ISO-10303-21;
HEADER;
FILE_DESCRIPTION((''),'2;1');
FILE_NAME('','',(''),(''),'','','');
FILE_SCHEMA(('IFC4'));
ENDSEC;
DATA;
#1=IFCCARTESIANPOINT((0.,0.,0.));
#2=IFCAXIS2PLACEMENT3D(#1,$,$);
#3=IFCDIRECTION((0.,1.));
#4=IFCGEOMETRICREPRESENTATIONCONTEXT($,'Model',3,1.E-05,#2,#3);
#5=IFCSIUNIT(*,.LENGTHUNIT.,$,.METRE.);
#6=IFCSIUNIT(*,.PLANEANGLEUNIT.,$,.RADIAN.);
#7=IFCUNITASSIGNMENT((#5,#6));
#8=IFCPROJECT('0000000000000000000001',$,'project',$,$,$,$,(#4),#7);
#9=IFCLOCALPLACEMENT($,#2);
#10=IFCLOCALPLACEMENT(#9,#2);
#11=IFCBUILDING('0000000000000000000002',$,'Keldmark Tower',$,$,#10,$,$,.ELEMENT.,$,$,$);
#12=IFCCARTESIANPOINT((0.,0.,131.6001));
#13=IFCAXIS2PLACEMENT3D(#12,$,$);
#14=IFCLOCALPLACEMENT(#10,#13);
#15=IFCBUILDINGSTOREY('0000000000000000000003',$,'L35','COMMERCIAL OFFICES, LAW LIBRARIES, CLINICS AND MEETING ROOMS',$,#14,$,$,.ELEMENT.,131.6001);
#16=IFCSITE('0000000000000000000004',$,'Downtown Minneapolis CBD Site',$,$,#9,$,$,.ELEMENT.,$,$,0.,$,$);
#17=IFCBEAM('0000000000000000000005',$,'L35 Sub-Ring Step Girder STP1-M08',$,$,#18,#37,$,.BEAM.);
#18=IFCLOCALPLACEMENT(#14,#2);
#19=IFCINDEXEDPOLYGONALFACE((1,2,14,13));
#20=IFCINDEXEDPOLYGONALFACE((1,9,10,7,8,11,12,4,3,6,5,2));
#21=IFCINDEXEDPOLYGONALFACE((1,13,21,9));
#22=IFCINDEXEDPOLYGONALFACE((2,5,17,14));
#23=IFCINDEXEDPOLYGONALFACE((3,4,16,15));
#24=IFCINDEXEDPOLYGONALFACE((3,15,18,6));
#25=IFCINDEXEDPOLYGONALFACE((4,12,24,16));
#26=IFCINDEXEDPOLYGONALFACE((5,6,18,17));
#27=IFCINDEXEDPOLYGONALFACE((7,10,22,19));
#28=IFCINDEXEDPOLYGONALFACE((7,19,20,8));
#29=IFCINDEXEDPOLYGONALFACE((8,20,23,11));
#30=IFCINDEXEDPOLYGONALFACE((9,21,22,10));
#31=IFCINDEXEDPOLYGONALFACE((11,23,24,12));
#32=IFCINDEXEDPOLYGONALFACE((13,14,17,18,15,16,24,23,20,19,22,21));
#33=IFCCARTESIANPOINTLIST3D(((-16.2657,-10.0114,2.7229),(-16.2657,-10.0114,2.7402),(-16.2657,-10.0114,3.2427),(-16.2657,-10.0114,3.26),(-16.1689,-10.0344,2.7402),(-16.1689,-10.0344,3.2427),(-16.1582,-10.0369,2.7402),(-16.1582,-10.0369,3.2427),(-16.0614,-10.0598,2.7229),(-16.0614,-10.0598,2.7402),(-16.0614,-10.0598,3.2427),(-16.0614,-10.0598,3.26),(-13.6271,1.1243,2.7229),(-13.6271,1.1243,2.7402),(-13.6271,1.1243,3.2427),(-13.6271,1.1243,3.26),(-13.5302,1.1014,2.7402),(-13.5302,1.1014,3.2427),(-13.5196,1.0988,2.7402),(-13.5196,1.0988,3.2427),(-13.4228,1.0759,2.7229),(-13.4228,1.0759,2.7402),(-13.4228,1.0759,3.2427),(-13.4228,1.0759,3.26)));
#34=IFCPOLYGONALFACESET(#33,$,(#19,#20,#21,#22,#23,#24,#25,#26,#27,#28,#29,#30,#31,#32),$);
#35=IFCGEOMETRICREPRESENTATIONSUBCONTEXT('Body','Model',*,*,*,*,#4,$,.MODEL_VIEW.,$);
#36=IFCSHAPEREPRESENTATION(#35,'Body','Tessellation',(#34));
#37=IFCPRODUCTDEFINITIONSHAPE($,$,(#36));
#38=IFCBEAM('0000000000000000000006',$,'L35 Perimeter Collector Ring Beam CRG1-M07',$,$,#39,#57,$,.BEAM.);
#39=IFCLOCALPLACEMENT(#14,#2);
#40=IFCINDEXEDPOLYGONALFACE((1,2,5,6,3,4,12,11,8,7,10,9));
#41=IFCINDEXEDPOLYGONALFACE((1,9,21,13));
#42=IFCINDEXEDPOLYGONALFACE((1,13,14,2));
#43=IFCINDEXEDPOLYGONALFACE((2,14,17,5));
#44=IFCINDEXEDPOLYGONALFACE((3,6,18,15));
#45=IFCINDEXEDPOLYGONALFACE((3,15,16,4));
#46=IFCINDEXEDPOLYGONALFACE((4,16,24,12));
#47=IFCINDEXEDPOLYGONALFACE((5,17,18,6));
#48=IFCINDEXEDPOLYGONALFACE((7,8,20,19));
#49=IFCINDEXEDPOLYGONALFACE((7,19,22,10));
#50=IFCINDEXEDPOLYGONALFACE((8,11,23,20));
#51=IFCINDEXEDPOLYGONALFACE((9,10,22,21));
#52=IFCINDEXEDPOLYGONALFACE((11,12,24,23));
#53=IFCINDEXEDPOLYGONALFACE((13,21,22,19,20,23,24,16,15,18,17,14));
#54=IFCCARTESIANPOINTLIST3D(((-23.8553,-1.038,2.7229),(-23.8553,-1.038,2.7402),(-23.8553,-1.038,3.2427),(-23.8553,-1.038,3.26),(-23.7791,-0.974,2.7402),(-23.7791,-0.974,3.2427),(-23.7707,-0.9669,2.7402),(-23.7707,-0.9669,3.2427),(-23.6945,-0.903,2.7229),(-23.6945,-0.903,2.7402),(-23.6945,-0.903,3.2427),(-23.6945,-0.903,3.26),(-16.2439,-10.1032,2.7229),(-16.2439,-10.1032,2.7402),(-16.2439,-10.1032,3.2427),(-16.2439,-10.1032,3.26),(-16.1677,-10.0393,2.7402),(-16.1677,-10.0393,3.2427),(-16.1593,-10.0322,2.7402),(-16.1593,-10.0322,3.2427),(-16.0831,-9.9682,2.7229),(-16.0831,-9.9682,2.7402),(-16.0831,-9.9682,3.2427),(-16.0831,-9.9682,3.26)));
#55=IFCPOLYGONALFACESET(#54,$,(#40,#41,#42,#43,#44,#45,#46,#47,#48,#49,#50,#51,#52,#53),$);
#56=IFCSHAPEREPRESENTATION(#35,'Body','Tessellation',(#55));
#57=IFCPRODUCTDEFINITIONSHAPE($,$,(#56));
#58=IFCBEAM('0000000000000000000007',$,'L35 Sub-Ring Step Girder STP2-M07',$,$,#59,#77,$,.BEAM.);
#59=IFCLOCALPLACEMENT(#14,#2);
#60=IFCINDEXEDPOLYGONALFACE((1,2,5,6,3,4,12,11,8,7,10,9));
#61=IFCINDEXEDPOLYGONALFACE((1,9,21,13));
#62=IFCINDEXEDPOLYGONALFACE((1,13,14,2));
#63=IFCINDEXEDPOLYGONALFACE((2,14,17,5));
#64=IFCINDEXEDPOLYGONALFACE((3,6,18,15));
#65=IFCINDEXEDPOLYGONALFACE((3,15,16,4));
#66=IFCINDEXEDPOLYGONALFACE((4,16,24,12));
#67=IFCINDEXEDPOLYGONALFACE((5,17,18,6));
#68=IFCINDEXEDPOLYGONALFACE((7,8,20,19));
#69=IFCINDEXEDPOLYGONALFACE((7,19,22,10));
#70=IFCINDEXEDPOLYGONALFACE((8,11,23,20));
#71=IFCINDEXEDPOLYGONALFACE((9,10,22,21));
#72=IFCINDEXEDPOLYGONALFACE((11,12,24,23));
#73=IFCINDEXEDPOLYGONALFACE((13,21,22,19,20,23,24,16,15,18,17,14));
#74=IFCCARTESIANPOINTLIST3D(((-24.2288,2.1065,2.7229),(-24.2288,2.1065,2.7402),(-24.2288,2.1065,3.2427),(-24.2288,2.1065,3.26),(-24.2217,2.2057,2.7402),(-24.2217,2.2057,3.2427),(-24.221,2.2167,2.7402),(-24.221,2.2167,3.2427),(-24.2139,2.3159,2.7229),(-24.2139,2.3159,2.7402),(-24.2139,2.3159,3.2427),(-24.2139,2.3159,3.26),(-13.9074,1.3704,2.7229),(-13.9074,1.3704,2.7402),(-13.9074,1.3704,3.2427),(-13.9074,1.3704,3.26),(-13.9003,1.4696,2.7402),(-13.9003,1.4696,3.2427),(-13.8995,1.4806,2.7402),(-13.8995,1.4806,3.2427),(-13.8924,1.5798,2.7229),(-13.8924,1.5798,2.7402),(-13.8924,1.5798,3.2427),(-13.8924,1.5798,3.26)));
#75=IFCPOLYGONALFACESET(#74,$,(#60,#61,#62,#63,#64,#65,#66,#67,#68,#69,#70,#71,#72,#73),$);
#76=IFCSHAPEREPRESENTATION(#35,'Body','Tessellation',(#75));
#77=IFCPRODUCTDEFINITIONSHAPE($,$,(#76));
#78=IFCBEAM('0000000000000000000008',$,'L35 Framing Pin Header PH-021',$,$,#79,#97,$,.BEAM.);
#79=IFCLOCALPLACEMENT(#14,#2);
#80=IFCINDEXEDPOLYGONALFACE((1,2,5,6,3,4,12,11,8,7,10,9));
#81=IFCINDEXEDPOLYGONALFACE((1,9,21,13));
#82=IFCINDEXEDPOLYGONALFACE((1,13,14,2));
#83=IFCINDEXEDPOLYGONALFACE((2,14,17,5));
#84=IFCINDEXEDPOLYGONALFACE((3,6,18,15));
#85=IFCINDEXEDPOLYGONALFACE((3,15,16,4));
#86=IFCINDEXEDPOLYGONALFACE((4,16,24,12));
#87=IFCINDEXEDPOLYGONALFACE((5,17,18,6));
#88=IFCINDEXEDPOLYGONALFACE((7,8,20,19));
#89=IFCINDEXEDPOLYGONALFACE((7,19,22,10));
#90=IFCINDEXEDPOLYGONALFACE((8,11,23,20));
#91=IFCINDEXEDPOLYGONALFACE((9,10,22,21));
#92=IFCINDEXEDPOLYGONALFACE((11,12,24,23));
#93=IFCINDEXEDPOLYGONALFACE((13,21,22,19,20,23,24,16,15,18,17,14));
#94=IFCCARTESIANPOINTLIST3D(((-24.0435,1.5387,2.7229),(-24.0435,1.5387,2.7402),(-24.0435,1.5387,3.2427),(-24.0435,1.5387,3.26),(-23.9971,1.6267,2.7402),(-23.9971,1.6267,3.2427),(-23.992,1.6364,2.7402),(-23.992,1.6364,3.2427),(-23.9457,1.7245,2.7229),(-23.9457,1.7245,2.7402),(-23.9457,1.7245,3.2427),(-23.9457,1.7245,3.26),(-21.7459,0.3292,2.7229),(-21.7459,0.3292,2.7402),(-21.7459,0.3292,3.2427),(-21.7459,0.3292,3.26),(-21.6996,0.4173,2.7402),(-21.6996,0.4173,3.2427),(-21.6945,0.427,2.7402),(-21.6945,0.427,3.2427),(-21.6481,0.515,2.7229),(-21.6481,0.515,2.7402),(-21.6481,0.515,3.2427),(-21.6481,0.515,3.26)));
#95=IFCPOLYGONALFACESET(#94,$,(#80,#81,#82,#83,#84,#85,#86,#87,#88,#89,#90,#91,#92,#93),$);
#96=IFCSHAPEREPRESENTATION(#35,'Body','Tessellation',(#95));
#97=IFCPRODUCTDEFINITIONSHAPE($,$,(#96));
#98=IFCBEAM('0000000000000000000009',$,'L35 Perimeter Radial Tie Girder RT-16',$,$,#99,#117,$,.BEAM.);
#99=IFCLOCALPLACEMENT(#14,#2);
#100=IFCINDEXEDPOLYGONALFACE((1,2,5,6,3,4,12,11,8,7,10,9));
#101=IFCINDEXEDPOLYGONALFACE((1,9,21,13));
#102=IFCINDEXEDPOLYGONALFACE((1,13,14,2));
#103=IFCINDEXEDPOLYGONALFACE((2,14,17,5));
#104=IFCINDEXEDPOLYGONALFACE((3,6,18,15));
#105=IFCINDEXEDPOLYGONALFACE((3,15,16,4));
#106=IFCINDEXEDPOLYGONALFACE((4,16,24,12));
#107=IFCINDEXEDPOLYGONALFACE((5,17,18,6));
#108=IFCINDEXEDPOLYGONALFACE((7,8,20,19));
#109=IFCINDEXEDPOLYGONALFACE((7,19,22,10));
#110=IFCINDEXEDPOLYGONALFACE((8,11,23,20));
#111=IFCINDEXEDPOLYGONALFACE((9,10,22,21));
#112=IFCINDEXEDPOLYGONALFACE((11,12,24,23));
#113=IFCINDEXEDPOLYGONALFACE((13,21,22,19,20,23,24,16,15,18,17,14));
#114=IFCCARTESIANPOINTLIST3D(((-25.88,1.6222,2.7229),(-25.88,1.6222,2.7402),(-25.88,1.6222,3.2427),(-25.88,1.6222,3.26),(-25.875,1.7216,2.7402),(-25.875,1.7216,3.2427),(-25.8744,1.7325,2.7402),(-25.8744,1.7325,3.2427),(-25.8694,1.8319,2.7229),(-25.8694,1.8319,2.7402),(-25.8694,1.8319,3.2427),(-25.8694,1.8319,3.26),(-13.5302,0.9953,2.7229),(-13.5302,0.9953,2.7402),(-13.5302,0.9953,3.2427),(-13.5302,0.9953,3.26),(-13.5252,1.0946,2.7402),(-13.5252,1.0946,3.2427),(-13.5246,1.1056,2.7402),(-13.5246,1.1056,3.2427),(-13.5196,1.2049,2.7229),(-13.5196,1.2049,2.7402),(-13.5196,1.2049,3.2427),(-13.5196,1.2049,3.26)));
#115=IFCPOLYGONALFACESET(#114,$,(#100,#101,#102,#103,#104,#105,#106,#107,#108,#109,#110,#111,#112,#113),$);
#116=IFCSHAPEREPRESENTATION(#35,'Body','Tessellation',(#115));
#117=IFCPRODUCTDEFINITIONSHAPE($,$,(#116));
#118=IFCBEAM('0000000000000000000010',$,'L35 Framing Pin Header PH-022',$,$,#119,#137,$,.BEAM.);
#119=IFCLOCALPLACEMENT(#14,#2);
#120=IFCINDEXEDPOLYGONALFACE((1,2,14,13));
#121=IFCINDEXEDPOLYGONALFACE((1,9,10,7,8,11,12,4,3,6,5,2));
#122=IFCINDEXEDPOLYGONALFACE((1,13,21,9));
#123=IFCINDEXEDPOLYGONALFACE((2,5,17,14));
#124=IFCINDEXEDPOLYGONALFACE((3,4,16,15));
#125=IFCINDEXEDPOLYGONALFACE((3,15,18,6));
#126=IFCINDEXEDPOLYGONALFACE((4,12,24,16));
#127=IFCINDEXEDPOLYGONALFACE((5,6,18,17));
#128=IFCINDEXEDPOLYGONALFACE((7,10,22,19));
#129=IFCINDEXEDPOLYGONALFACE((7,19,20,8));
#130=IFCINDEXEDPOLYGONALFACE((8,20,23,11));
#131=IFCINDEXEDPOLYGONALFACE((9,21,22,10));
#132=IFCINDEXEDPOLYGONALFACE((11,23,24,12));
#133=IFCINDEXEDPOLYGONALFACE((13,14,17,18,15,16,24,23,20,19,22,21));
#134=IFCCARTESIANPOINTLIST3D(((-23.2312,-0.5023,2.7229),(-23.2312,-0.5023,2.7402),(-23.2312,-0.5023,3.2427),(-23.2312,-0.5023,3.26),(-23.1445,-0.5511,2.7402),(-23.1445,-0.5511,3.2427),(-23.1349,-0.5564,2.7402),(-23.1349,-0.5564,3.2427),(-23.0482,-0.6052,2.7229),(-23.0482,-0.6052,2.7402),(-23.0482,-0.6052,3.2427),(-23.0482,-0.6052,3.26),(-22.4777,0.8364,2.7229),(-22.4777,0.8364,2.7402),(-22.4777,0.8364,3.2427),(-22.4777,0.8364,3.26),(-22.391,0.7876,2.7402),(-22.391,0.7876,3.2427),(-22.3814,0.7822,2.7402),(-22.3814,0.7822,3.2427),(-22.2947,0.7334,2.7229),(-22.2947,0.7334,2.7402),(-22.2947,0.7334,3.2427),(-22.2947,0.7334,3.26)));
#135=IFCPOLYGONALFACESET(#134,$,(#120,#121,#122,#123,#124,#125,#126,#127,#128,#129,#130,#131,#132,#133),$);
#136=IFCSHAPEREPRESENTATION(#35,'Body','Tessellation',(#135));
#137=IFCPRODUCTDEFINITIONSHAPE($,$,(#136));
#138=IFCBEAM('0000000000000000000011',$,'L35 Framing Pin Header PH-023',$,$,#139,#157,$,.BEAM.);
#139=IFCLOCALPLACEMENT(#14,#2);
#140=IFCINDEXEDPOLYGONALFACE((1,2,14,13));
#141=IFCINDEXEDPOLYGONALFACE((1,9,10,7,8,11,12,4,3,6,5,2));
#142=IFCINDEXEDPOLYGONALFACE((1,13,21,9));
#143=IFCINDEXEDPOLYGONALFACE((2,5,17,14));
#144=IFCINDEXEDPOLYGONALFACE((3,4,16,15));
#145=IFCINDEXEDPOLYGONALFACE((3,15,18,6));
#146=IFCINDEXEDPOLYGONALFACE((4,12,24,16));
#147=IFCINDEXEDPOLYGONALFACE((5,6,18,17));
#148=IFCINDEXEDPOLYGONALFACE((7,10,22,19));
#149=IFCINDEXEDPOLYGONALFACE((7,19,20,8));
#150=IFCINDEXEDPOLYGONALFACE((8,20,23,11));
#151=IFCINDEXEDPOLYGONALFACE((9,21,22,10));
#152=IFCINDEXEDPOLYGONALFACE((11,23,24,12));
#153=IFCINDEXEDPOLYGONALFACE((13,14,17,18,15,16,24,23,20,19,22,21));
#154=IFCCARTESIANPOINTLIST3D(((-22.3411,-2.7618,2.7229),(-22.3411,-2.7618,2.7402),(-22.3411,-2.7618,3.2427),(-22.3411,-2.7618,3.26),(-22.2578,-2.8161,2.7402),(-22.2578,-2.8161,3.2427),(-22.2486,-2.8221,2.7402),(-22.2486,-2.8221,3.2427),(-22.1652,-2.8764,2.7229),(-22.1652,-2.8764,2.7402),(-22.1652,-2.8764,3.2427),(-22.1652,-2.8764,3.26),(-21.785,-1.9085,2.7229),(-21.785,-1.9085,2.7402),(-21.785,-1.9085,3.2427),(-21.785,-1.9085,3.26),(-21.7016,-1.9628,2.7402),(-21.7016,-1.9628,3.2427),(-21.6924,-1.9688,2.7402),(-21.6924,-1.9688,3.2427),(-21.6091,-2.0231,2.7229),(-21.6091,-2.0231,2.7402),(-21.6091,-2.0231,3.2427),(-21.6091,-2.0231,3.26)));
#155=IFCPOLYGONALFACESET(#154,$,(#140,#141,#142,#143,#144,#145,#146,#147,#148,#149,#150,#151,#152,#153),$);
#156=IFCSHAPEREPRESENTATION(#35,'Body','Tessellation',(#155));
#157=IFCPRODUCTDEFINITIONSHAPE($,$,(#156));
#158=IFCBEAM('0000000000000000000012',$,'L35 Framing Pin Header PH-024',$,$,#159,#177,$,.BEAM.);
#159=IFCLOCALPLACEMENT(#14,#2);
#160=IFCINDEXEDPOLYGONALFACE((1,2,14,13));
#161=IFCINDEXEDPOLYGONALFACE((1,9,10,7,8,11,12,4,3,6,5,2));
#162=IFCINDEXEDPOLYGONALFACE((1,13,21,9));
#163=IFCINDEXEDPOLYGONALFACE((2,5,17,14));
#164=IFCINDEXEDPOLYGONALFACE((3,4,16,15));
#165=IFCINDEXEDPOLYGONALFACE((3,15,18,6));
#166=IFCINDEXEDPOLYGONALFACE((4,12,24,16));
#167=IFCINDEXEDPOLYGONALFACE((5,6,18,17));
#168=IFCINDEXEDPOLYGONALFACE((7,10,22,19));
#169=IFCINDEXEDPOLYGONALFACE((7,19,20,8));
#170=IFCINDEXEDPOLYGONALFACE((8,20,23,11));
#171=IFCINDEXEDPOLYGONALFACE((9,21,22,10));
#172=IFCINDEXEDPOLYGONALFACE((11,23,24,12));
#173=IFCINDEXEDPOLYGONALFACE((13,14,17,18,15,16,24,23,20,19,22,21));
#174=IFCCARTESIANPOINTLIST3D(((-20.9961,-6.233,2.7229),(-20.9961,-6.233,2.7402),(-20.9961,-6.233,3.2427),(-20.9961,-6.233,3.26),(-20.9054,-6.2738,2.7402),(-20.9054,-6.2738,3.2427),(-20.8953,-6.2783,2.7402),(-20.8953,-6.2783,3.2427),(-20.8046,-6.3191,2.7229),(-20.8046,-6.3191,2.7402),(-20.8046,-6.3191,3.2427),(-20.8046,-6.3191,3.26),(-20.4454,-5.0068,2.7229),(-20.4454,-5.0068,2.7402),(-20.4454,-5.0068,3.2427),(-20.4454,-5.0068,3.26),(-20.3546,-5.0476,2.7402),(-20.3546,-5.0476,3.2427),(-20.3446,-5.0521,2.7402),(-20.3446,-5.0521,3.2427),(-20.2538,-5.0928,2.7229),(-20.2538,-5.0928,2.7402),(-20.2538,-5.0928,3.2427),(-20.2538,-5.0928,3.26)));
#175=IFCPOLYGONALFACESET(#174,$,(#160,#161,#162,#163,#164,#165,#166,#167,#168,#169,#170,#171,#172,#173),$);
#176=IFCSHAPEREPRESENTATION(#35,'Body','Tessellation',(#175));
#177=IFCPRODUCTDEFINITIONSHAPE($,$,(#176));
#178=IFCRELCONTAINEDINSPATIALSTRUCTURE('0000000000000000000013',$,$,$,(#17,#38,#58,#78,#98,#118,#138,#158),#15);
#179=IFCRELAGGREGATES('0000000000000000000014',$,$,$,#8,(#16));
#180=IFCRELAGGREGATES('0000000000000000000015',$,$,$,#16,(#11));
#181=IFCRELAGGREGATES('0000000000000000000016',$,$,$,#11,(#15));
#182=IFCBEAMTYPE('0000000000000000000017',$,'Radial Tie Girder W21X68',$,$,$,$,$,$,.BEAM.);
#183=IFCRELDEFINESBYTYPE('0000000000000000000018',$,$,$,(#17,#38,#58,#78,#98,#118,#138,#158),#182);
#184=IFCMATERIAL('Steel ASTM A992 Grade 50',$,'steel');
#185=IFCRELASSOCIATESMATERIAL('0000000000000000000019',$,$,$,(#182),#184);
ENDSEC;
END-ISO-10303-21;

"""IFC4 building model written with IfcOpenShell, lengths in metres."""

from ifc_helpers import new_model, si_unit, direction, frame, origin, origin_2d, place, context, subcontext, project, spatial, i_section, extrude, material, material_profile, profile_set, type_object, element, save


model = new_model("IFC4")

# Units and contexts
model_context = context("Model", 3, precision=1e-05, world=origin(), true_north=direction((0.0, 1.0)))
body_context = subcontext(model_context, "Body", "Model", "MODEL_VIEW")
ifc_project = project(units=[si_unit("LENGTHUNIT", "METRE"), si_unit("PLANEANGLEUNIT", "RADIAN")], contexts=[model_context])

# Site, building, storey
site_placement = place(None, origin())
site = spatial("IfcSite", under=ifc_project, at=site_placement, Name="Downtown Minneapolis CBD Site", CompositionType="ELEMENT", RefElevation=0.0)
building_placement = place(site_placement, origin())
building = spatial("IfcBuilding", under=site, at=building_placement, Name="Keldmark Tower", CompositionType="ELEMENT")
storey_placement = place(building_placement, frame((0.0, 0.0, 131.6001)))
storey = spatial("IfcBuildingStorey", under=building, at=storey_placement, Name="L35", Description="COMMERCIAL OFFICES, LAW LIBRARIES, CLINICS AND MEETING ROOMS", CompositionType="ELEMENT", Elevation=131.6001)

# Beams
ifc_material_1 = material(Name="Steel ASTM A992 Grade 50", Category="steel")
ifc_material_profile_1 = material_profile(ifc_material_1, i_section(OverallWidth=0.21, OverallDepth=0.5371, WebThickness=0.011, FlangeThickness=0.0173, at=origin_2d()), Name="W21X68")
ifc_profile_set_1 = profile_set([ifc_material_profile_1], Name="Steel ASTM A992 Grade 50")
beam_type_1 = type_object("IfcBeamType", Name="Radial Tie Girder W21X68", PredefinedType="BEAM", material=ifc_profile_set_1)
beam_1_placement = place(storey_placement, frame((-13.5249, 1.1001, 2.9915), z_axis=(-0.230571, -0.973056, 0.0), x_axis=(0.973056, -0.230571, 0.0)))
element("IfcBeam", 1, at=beam_1_placement, inside=storey, type_object=beam_type_1, Name="L35 Sub-Ring Step Girder STP1-M08", PredefinedType="BEAM", context=body_context, shape_type="SweptSolid", body=[
    extrude(i_section(OverallWidth=0.21, OverallDepth=0.5371, WebThickness=0.011, FlangeThickness=0.0173, at=origin_2d()), origin(), (0.0, 0.0, 1.0), 11.4441),
])
beam_2_placement = place(storey_placement, frame((-23.7749, -0.9705, 2.9915), z_axis=(0.643022, -0.765847, 0.0), x_axis=(0.765847, 0.643022, 0.0)))
element("IfcBeam", 2, at=beam_2_placement, inside=storey, type_object=beam_type_1, Name="L35 Perimeter Collector Ring Beam CRG1-M07", PredefinedType="BEAM", context=body_context, shape_type="SweptSolid", body=[
    extrude(i_section(OverallWidth=0.21, OverallDepth=0.5371, WebThickness=0.011, FlangeThickness=0.0173, at=origin_2d()), origin(), (0.0, 0.0, 1.0), 11.8369),
])
beam_3_placement = place(storey_placement, frame((-13.8999, 1.4751, 2.9915), z_axis=(-0.997467, 0.071135, 0.0), x_axis=(-0.071135, -0.997467, 0.0)))
element("IfcBeam", 3, at=beam_3_placement, inside=storey, type_object=beam_type_1, Name="L35 Sub-Ring Step Girder STP2-M07", PredefinedType="BEAM", context=body_context, shape_type="SweptSolid", body=[
    extrude(i_section(OverallWidth=0.21, OverallDepth=0.5371, WebThickness=0.011, FlangeThickness=0.0173, at=origin_2d()), origin(), (0.0, 0.0, 1.0), 10.3477),
])
beam_4_placement = place(storey_placement, frame((-21.697, 0.4221, 2.9915), z_axis=(-0.884886, 0.465808, 0.0), x_axis=(-0.465808, -0.884886, 0.0)))
element("IfcBeam", 4, at=beam_4_placement, inside=storey, type_object=beam_type_1, Name="L35 Framing Pin Header PH-021", PredefinedType="BEAM", context=body_context, shape_type="SweptSolid", body=[
    extrude(i_section(OverallWidth=0.21, OverallDepth=0.5371, WebThickness=0.011, FlangeThickness=0.0173, at=origin_2d()), origin(), (0.0, 0.0, 1.0), 2.5964),
])
beam_5_placement = place(storey_placement, frame((-13.5249, 1.1001, 2.9915), z_axis=(-0.998714, 0.050701, 0.0), x_axis=(-0.050701, -0.998714, 0.0)))
element("IfcBeam", 5, at=beam_5_placement, inside=storey, type_object=beam_type_1, Name="L35 Perimeter Radial Tie Girder RT-16", PredefinedType="BEAM", context=body_context, shape_type="SweptSolid", body=[
    extrude(i_section(OverallWidth=0.21, OverallDepth=0.5371, WebThickness=0.011, FlangeThickness=0.0173, at=origin_2d()), origin(), (0.0, 0.0, 1.0), 12.3657),
])
beam_6_placement = place(storey_placement, frame((-22.3862, 0.7849, 2.9915), z_axis=(-0.49048, -0.871452, 0.0), x_axis=(0.871452, -0.49048, 0.0)))
element("IfcBeam", 6, at=beam_6_placement, inside=storey, type_object=beam_type_1, Name="L35 Framing Pin Header PH-022", PredefinedType="BEAM", context=body_context, shape_type="SweptSolid", body=[
    extrude(i_section(OverallWidth=0.21, OverallDepth=0.5371, WebThickness=0.011, FlangeThickness=0.0173, at=origin_2d()), origin(), (0.0, 0.0, 1.0), 1.5361),
])
beam_7_placement = place(storey_placement, frame((-21.697, -1.9658, 2.9915), z_axis=(-0.546041, -0.837758, 0.0), x_axis=(0.837758, -0.546041, 0.0)))
element("IfcBeam", 7, at=beam_7_placement, inside=storey, type_object=beam_type_1, Name="L35 Framing Pin Header PH-023", PredefinedType="BEAM", context=body_context, shape_type="SweptSolid", body=[
    extrude(i_section(OverallWidth=0.21, OverallDepth=0.5371, WebThickness=0.011, FlangeThickness=0.0173, at=origin_2d()), origin(), (0.0, 0.0, 1.0), 1.0186),
])
beam_8_placement = place(storey_placement, frame((-20.3496, -5.0498, 2.9915), z_axis=(-0.409708, -0.912217, 0.0), x_axis=(0.912217, -0.409708, 0.0)))
element("IfcBeam", 8, at=beam_8_placement, inside=storey, type_object=beam_type_1, Name="L35 Framing Pin Header PH-024", PredefinedType="BEAM", context=body_context, shape_type="SweptSolid", body=[
    extrude(i_section(OverallWidth=0.21, OverallDepth=0.5371, WebThickness=0.011, FlangeThickness=0.0173, at=origin_2d()), origin(), (0.0, 0.0, 1.0), 1.3442),
])

save(model, "model.ifc")
